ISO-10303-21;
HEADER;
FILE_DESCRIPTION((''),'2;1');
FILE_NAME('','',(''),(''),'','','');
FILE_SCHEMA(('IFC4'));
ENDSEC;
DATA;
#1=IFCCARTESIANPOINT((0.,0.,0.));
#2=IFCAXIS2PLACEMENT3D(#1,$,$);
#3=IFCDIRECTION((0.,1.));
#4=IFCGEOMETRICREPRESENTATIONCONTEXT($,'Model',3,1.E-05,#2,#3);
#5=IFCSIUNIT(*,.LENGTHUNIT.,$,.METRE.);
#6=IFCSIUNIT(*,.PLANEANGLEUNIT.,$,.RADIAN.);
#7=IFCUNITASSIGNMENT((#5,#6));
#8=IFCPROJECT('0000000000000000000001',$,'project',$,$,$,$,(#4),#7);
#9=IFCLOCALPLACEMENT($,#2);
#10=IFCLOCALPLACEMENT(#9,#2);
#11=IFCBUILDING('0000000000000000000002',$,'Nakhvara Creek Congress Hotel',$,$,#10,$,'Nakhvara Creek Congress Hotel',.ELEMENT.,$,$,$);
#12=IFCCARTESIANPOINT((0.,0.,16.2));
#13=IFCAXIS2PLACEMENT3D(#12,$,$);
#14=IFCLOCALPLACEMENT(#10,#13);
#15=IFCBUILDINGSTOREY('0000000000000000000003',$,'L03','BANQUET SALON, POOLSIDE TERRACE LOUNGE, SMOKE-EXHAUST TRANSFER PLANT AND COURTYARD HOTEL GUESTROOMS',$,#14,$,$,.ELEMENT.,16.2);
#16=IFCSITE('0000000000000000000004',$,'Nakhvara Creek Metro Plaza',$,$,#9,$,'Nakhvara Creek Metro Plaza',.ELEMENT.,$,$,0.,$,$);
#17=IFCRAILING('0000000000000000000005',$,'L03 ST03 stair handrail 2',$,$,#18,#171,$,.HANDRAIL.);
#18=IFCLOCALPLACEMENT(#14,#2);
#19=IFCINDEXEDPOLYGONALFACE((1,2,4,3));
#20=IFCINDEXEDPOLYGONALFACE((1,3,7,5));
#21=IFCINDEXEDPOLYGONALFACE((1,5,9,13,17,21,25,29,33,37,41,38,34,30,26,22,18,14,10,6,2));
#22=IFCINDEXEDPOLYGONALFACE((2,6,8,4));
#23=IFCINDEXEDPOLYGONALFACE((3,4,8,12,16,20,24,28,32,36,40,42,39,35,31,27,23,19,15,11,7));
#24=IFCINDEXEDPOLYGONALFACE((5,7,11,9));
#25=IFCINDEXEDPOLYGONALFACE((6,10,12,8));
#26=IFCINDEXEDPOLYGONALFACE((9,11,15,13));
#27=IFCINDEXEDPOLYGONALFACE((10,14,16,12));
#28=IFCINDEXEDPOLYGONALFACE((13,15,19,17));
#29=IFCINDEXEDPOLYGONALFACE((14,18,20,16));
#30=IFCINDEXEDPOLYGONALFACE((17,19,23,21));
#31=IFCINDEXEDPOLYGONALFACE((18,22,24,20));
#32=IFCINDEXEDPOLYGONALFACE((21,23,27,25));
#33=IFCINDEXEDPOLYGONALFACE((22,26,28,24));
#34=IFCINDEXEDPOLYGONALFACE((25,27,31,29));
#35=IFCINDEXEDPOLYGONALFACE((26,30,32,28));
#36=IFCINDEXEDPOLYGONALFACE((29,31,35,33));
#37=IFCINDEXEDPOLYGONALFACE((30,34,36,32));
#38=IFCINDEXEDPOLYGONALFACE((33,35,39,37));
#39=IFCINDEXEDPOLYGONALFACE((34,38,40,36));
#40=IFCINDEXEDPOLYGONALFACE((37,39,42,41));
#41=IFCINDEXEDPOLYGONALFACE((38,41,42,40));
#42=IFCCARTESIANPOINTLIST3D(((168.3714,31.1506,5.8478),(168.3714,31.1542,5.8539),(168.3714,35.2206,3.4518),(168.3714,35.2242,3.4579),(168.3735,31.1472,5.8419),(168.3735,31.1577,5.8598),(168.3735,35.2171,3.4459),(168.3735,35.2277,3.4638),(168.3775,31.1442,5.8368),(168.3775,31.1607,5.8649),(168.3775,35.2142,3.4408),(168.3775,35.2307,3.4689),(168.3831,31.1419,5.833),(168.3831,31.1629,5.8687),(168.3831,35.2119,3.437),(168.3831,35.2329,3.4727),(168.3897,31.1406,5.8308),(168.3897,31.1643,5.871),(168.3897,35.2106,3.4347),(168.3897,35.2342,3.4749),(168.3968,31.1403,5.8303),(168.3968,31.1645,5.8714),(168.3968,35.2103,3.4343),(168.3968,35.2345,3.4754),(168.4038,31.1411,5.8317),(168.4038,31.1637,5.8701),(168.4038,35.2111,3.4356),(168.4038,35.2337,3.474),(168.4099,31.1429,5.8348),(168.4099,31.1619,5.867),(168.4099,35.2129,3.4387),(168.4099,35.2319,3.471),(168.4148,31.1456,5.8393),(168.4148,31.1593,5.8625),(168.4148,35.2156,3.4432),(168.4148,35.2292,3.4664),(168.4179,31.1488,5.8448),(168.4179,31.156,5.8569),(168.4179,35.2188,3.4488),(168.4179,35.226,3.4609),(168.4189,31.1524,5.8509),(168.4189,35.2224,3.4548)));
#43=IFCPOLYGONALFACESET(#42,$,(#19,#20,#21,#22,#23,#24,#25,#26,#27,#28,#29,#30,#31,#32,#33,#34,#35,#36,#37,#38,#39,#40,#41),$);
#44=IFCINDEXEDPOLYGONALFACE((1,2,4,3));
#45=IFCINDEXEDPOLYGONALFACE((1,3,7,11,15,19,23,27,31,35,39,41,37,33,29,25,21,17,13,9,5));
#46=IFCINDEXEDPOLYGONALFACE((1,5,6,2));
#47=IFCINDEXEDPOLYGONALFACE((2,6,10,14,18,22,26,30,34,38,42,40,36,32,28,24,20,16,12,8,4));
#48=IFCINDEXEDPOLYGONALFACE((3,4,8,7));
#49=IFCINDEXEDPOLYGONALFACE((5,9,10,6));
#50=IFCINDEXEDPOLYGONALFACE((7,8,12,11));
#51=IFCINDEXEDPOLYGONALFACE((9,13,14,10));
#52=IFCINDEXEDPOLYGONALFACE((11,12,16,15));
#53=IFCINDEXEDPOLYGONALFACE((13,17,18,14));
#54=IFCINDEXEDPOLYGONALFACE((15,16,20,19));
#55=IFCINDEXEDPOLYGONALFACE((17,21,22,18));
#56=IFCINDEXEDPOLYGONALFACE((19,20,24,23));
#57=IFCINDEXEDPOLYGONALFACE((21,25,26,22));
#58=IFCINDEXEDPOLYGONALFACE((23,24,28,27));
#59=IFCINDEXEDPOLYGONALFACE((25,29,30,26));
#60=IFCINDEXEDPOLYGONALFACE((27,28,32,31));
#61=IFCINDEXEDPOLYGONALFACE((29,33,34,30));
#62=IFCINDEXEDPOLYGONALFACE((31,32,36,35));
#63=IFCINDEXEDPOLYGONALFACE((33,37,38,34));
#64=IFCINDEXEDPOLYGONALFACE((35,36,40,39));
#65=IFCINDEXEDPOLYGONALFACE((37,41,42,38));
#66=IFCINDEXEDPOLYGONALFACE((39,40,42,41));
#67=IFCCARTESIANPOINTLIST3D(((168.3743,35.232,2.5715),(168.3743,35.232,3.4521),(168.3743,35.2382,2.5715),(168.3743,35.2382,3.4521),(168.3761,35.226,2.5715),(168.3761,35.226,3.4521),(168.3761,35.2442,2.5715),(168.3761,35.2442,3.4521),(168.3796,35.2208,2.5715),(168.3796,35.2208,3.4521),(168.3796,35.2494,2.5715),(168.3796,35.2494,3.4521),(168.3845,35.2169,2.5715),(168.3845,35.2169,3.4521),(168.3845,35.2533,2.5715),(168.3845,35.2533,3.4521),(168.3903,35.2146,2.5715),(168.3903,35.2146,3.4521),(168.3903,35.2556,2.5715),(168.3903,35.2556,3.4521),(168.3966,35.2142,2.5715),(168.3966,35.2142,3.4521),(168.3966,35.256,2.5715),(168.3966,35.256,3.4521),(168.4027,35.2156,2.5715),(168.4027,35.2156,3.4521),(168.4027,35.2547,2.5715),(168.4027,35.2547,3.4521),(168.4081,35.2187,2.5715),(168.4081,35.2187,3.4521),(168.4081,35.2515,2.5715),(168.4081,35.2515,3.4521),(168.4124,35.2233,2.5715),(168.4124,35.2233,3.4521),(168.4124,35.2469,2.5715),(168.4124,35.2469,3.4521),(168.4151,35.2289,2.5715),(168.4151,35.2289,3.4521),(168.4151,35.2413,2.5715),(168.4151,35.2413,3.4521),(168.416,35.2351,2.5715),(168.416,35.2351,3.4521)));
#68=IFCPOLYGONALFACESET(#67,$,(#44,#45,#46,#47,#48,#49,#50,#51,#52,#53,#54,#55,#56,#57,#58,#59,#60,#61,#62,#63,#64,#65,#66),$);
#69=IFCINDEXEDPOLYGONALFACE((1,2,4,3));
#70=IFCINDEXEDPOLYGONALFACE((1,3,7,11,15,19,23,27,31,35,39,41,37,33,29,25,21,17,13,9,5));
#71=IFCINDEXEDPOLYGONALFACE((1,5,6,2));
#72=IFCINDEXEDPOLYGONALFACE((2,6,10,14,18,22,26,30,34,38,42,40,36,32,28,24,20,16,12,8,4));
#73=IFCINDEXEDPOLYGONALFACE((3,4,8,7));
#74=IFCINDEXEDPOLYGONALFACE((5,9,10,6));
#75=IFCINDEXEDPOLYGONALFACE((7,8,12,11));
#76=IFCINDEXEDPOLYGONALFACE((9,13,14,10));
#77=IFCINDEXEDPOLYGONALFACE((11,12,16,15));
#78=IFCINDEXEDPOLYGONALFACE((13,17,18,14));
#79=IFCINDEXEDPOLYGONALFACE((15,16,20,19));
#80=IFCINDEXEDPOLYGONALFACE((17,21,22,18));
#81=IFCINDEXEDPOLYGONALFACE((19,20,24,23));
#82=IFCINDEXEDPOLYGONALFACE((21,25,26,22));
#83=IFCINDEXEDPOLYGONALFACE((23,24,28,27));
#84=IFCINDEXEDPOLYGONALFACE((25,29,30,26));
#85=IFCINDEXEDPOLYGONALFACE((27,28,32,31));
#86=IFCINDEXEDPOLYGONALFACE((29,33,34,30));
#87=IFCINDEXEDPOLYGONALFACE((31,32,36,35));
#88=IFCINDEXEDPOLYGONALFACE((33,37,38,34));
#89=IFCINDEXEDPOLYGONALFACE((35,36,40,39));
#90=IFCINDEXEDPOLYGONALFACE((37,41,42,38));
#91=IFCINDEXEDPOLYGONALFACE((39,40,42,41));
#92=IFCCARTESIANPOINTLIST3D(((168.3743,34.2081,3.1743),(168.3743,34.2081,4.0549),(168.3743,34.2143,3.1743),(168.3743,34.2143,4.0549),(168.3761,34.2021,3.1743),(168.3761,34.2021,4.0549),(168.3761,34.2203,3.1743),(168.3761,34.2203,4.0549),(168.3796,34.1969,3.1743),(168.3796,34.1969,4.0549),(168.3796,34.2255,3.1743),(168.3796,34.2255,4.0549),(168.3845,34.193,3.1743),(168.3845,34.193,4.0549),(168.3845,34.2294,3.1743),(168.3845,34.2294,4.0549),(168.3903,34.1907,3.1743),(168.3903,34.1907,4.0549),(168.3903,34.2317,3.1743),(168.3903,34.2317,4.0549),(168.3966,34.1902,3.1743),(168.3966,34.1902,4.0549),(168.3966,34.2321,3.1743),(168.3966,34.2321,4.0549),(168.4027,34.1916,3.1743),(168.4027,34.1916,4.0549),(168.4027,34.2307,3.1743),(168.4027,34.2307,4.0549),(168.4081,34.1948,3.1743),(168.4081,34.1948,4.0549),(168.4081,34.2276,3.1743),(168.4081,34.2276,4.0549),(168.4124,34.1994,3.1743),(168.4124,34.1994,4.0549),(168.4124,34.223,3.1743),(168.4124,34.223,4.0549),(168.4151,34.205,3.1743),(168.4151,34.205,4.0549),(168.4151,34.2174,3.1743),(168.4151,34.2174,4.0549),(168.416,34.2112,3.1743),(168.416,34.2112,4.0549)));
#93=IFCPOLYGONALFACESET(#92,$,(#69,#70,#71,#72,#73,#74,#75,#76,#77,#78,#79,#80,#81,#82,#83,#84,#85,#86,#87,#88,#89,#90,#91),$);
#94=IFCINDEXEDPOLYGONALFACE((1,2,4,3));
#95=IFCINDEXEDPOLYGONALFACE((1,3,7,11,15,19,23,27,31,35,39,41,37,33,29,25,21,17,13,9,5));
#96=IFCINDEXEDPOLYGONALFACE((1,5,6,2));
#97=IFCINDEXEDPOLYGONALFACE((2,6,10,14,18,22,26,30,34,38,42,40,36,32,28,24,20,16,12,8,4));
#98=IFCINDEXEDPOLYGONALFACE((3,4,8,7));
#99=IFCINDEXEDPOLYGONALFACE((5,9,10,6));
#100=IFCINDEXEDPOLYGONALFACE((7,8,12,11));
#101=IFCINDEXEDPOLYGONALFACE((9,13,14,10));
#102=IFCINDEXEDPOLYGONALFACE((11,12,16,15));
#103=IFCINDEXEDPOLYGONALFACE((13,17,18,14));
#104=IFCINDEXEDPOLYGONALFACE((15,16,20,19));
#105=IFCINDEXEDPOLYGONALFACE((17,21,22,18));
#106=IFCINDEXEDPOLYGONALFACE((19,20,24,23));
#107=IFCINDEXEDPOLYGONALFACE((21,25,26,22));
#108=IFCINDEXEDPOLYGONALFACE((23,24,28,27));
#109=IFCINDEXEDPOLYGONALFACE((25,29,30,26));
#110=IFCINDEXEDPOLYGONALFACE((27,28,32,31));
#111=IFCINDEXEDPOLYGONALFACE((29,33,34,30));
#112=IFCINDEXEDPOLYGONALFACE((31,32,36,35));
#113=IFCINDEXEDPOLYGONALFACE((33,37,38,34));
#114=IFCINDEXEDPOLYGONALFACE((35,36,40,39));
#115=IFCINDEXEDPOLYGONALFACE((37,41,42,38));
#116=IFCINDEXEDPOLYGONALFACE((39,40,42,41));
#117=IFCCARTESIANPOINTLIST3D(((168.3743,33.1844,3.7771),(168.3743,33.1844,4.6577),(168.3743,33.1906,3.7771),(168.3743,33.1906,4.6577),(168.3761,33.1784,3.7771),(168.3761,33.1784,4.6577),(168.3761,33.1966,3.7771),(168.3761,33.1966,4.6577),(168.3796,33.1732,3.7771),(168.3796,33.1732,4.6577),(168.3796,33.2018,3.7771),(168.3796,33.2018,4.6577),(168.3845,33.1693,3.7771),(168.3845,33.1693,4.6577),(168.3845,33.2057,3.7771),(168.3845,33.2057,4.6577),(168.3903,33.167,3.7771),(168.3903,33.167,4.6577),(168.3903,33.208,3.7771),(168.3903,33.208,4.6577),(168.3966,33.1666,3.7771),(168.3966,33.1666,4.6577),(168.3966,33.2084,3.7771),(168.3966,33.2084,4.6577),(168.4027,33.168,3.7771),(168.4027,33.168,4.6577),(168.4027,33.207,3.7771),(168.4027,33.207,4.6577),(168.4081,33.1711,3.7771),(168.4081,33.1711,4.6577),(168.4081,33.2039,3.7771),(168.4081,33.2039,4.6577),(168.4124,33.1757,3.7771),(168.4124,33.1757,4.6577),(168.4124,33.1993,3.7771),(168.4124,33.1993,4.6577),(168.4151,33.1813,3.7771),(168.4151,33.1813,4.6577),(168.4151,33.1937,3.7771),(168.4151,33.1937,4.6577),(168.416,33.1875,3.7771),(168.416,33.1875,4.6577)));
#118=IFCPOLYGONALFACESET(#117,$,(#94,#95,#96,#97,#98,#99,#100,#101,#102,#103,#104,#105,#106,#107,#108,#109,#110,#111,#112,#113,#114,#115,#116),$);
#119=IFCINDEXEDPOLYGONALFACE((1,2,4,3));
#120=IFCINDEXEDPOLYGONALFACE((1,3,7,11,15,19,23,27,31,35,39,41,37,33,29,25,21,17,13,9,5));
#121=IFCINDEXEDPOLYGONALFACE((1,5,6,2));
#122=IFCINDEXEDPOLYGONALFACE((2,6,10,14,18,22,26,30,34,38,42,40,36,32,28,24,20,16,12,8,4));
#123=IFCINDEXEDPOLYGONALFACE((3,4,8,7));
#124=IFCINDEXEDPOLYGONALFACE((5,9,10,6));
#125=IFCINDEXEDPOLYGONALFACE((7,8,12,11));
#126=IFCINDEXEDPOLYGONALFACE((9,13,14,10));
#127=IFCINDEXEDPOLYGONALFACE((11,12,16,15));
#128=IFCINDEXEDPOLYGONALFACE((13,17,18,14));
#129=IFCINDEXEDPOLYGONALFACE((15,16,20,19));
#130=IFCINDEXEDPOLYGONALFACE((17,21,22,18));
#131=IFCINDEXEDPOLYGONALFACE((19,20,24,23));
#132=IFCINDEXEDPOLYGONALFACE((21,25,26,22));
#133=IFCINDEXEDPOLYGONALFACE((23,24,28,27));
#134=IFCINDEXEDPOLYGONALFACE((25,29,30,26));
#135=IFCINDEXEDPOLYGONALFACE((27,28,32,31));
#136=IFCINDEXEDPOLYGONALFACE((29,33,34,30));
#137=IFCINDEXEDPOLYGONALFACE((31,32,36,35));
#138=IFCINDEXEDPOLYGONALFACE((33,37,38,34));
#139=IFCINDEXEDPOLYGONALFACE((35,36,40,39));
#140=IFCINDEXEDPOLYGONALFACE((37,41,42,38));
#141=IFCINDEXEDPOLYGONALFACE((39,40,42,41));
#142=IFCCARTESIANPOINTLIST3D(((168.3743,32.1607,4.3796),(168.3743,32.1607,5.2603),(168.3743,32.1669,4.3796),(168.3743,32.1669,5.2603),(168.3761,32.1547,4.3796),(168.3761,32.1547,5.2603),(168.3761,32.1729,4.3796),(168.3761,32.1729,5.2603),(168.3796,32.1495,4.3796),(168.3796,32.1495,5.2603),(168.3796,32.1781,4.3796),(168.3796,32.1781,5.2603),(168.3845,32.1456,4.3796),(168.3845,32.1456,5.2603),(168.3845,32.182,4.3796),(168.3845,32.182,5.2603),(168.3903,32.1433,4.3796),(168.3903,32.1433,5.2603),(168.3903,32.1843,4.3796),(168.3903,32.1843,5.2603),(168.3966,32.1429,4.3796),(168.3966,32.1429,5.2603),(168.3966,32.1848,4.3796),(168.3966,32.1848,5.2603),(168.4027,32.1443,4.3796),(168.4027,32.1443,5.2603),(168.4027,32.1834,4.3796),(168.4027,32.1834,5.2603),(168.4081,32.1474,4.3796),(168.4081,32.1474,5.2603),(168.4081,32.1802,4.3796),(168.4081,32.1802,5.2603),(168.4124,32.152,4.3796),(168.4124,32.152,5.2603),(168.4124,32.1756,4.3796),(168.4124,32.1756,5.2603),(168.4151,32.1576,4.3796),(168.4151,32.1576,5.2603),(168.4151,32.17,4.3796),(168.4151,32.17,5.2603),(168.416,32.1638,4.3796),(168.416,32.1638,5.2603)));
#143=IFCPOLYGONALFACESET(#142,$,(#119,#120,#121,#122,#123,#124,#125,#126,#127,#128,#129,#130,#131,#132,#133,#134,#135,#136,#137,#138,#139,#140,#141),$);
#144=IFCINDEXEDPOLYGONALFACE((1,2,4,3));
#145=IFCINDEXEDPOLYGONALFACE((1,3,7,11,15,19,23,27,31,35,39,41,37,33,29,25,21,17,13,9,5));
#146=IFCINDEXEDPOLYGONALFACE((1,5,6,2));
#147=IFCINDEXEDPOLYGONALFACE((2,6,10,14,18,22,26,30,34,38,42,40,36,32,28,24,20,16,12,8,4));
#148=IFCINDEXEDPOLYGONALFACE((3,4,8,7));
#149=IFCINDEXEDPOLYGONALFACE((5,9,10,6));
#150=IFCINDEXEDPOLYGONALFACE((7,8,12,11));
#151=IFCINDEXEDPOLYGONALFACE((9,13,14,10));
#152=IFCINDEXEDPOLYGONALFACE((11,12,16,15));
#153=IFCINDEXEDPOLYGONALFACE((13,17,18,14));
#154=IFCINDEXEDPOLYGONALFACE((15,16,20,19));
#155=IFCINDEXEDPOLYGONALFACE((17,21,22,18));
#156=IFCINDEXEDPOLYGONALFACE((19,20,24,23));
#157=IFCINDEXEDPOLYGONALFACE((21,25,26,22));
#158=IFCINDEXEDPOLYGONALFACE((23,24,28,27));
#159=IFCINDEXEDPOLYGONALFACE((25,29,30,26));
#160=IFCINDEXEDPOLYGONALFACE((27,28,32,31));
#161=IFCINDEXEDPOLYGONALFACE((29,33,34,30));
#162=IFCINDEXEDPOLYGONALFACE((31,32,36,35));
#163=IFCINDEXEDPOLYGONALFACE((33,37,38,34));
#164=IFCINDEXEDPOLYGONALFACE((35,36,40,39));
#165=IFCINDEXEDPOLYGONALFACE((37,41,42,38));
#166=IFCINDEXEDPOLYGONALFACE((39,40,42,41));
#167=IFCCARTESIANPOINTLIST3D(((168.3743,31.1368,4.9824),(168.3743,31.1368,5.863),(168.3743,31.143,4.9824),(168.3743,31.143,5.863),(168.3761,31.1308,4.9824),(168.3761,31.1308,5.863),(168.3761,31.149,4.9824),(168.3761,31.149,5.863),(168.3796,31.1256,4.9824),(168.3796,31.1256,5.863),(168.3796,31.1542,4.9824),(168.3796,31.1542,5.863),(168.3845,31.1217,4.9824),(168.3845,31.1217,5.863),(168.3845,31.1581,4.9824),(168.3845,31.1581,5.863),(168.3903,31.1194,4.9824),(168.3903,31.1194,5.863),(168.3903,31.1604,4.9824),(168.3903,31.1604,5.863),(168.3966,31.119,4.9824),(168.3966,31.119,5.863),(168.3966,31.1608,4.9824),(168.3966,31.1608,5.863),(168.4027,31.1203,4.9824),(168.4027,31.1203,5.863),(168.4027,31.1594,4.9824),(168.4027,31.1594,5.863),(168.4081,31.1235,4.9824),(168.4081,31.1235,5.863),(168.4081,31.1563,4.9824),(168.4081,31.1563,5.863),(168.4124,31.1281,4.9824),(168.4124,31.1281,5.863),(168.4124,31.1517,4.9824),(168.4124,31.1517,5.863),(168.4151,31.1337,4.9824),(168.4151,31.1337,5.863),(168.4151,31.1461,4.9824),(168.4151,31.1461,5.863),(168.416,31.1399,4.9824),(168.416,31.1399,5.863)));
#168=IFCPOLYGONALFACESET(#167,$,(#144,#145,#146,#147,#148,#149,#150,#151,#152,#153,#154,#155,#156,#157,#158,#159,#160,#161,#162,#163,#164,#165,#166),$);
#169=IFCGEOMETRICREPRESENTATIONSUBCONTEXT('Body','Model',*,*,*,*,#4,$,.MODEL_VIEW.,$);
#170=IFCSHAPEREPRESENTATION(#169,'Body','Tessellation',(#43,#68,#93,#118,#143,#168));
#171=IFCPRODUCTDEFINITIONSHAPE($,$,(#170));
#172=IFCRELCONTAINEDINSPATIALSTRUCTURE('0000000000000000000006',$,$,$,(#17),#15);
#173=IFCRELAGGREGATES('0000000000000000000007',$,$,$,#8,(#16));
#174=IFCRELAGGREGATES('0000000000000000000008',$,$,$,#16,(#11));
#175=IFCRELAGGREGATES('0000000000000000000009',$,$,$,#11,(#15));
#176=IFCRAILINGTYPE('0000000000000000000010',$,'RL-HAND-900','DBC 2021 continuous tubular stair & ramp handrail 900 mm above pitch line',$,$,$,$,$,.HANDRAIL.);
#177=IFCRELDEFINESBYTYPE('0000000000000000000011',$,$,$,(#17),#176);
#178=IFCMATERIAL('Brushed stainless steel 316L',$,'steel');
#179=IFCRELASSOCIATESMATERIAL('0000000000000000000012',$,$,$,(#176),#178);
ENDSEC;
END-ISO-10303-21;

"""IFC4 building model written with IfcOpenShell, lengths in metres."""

from ifc_helpers import new_model, si_unit, direction, frame, origin, origin_2d, place, context, subcontext, project, spatial, circle, extrude, material, type_object, element, save


model = new_model("IFC4")

# Units and contexts
model_context = context("Model", 3, precision=1e-05, world=origin(), true_north=direction((0.0, 1.0)))
body_context = subcontext(model_context, "Body", "Model", "MODEL_VIEW")
ifc_project = project(units=[si_unit("LENGTHUNIT", "METRE"), si_unit("PLANEANGLEUNIT", "RADIAN")], contexts=[model_context])

# Site, building, storey
site_placement = place(None, origin())
site = spatial("IfcSite", under=ifc_project, at=site_placement, Name="Nakhvara Creek Metro Plaza", LongName="Nakhvara Creek Metro Plaza", CompositionType="ELEMENT", RefElevation=0.0)
building_placement = place(site_placement, origin())
building = spatial("IfcBuilding", under=site, at=building_placement, Name="Nakhvara Creek Congress Hotel", LongName="Nakhvara Creek Congress Hotel", CompositionType="ELEMENT")
storey_placement = place(building_placement, frame((0.0, 0.0, 16.2)))
storey = spatial("IfcBuildingStorey", under=building, at=storey_placement, Name="L03", Description="BANQUET SALON, POOLSIDE TERRACE LOUNGE, SMOKE-EXHAUST TRANSFER PLANT AND COURTYARD HOTEL GUESTROOMS", CompositionType="ELEMENT", Elevation=16.2)

# Railing
ifc_material_1 = material(Name="Brushed stainless steel 316L", Category="steel")
railing_type_1 = type_object("IfcRailingType", Name="RL-HAND-900", Description="DBC 2021 continuous tubular stair & ramp handrail 900 mm above pitch line", PredefinedType="HANDRAIL", material=ifc_material_1)
railing_1_placement = place(storey_placement, frame((168.395, 35.2351, 2.5715)))
element("IfcRailing", 1, at=railing_1_placement, inside=storey, type_object=railing_type_1, Name="L03 ST03 stair handrail 2", PredefinedType="HANDRAIL", context=body_context, shape_type="SweptSolid", body=[
    extrude(circle(Radius=0.0239, at=origin_2d()), frame((0.0, -0.0127, 0.8833), z_axis=(0.0, -0.861756, 0.507323), x_axis=(1.0, 0.0, 0.0)), (0.0, 0.0, 1.0), 4.7229),
    extrude(circle(Radius=0.021, at=origin_2d()), origin(), (0.0, 0.0, 1.0), 0.8806),
    extrude(circle(Radius=0.021, at=origin_2d()), frame((0.0, -1.0239, 0.6028)), (0.0, 0.0, 1.0), 0.8806),
    extrude(circle(Radius=0.021, at=origin_2d()), frame((0.0, -2.0476, 1.2056)), (0.0, 0.0, 1.0), 0.8806),
    extrude(circle(Radius=0.021, at=origin_2d()), frame((0.0, -3.0713, 1.8081)), (0.0, 0.0, 1.0), 0.8806),
    extrude(circle(Radius=0.021, at=origin_2d()), frame((0.0, -4.0952, 2.4109)), (0.0, 0.0, 1.0), 0.8806),
])

save(model, "model.ifc")
